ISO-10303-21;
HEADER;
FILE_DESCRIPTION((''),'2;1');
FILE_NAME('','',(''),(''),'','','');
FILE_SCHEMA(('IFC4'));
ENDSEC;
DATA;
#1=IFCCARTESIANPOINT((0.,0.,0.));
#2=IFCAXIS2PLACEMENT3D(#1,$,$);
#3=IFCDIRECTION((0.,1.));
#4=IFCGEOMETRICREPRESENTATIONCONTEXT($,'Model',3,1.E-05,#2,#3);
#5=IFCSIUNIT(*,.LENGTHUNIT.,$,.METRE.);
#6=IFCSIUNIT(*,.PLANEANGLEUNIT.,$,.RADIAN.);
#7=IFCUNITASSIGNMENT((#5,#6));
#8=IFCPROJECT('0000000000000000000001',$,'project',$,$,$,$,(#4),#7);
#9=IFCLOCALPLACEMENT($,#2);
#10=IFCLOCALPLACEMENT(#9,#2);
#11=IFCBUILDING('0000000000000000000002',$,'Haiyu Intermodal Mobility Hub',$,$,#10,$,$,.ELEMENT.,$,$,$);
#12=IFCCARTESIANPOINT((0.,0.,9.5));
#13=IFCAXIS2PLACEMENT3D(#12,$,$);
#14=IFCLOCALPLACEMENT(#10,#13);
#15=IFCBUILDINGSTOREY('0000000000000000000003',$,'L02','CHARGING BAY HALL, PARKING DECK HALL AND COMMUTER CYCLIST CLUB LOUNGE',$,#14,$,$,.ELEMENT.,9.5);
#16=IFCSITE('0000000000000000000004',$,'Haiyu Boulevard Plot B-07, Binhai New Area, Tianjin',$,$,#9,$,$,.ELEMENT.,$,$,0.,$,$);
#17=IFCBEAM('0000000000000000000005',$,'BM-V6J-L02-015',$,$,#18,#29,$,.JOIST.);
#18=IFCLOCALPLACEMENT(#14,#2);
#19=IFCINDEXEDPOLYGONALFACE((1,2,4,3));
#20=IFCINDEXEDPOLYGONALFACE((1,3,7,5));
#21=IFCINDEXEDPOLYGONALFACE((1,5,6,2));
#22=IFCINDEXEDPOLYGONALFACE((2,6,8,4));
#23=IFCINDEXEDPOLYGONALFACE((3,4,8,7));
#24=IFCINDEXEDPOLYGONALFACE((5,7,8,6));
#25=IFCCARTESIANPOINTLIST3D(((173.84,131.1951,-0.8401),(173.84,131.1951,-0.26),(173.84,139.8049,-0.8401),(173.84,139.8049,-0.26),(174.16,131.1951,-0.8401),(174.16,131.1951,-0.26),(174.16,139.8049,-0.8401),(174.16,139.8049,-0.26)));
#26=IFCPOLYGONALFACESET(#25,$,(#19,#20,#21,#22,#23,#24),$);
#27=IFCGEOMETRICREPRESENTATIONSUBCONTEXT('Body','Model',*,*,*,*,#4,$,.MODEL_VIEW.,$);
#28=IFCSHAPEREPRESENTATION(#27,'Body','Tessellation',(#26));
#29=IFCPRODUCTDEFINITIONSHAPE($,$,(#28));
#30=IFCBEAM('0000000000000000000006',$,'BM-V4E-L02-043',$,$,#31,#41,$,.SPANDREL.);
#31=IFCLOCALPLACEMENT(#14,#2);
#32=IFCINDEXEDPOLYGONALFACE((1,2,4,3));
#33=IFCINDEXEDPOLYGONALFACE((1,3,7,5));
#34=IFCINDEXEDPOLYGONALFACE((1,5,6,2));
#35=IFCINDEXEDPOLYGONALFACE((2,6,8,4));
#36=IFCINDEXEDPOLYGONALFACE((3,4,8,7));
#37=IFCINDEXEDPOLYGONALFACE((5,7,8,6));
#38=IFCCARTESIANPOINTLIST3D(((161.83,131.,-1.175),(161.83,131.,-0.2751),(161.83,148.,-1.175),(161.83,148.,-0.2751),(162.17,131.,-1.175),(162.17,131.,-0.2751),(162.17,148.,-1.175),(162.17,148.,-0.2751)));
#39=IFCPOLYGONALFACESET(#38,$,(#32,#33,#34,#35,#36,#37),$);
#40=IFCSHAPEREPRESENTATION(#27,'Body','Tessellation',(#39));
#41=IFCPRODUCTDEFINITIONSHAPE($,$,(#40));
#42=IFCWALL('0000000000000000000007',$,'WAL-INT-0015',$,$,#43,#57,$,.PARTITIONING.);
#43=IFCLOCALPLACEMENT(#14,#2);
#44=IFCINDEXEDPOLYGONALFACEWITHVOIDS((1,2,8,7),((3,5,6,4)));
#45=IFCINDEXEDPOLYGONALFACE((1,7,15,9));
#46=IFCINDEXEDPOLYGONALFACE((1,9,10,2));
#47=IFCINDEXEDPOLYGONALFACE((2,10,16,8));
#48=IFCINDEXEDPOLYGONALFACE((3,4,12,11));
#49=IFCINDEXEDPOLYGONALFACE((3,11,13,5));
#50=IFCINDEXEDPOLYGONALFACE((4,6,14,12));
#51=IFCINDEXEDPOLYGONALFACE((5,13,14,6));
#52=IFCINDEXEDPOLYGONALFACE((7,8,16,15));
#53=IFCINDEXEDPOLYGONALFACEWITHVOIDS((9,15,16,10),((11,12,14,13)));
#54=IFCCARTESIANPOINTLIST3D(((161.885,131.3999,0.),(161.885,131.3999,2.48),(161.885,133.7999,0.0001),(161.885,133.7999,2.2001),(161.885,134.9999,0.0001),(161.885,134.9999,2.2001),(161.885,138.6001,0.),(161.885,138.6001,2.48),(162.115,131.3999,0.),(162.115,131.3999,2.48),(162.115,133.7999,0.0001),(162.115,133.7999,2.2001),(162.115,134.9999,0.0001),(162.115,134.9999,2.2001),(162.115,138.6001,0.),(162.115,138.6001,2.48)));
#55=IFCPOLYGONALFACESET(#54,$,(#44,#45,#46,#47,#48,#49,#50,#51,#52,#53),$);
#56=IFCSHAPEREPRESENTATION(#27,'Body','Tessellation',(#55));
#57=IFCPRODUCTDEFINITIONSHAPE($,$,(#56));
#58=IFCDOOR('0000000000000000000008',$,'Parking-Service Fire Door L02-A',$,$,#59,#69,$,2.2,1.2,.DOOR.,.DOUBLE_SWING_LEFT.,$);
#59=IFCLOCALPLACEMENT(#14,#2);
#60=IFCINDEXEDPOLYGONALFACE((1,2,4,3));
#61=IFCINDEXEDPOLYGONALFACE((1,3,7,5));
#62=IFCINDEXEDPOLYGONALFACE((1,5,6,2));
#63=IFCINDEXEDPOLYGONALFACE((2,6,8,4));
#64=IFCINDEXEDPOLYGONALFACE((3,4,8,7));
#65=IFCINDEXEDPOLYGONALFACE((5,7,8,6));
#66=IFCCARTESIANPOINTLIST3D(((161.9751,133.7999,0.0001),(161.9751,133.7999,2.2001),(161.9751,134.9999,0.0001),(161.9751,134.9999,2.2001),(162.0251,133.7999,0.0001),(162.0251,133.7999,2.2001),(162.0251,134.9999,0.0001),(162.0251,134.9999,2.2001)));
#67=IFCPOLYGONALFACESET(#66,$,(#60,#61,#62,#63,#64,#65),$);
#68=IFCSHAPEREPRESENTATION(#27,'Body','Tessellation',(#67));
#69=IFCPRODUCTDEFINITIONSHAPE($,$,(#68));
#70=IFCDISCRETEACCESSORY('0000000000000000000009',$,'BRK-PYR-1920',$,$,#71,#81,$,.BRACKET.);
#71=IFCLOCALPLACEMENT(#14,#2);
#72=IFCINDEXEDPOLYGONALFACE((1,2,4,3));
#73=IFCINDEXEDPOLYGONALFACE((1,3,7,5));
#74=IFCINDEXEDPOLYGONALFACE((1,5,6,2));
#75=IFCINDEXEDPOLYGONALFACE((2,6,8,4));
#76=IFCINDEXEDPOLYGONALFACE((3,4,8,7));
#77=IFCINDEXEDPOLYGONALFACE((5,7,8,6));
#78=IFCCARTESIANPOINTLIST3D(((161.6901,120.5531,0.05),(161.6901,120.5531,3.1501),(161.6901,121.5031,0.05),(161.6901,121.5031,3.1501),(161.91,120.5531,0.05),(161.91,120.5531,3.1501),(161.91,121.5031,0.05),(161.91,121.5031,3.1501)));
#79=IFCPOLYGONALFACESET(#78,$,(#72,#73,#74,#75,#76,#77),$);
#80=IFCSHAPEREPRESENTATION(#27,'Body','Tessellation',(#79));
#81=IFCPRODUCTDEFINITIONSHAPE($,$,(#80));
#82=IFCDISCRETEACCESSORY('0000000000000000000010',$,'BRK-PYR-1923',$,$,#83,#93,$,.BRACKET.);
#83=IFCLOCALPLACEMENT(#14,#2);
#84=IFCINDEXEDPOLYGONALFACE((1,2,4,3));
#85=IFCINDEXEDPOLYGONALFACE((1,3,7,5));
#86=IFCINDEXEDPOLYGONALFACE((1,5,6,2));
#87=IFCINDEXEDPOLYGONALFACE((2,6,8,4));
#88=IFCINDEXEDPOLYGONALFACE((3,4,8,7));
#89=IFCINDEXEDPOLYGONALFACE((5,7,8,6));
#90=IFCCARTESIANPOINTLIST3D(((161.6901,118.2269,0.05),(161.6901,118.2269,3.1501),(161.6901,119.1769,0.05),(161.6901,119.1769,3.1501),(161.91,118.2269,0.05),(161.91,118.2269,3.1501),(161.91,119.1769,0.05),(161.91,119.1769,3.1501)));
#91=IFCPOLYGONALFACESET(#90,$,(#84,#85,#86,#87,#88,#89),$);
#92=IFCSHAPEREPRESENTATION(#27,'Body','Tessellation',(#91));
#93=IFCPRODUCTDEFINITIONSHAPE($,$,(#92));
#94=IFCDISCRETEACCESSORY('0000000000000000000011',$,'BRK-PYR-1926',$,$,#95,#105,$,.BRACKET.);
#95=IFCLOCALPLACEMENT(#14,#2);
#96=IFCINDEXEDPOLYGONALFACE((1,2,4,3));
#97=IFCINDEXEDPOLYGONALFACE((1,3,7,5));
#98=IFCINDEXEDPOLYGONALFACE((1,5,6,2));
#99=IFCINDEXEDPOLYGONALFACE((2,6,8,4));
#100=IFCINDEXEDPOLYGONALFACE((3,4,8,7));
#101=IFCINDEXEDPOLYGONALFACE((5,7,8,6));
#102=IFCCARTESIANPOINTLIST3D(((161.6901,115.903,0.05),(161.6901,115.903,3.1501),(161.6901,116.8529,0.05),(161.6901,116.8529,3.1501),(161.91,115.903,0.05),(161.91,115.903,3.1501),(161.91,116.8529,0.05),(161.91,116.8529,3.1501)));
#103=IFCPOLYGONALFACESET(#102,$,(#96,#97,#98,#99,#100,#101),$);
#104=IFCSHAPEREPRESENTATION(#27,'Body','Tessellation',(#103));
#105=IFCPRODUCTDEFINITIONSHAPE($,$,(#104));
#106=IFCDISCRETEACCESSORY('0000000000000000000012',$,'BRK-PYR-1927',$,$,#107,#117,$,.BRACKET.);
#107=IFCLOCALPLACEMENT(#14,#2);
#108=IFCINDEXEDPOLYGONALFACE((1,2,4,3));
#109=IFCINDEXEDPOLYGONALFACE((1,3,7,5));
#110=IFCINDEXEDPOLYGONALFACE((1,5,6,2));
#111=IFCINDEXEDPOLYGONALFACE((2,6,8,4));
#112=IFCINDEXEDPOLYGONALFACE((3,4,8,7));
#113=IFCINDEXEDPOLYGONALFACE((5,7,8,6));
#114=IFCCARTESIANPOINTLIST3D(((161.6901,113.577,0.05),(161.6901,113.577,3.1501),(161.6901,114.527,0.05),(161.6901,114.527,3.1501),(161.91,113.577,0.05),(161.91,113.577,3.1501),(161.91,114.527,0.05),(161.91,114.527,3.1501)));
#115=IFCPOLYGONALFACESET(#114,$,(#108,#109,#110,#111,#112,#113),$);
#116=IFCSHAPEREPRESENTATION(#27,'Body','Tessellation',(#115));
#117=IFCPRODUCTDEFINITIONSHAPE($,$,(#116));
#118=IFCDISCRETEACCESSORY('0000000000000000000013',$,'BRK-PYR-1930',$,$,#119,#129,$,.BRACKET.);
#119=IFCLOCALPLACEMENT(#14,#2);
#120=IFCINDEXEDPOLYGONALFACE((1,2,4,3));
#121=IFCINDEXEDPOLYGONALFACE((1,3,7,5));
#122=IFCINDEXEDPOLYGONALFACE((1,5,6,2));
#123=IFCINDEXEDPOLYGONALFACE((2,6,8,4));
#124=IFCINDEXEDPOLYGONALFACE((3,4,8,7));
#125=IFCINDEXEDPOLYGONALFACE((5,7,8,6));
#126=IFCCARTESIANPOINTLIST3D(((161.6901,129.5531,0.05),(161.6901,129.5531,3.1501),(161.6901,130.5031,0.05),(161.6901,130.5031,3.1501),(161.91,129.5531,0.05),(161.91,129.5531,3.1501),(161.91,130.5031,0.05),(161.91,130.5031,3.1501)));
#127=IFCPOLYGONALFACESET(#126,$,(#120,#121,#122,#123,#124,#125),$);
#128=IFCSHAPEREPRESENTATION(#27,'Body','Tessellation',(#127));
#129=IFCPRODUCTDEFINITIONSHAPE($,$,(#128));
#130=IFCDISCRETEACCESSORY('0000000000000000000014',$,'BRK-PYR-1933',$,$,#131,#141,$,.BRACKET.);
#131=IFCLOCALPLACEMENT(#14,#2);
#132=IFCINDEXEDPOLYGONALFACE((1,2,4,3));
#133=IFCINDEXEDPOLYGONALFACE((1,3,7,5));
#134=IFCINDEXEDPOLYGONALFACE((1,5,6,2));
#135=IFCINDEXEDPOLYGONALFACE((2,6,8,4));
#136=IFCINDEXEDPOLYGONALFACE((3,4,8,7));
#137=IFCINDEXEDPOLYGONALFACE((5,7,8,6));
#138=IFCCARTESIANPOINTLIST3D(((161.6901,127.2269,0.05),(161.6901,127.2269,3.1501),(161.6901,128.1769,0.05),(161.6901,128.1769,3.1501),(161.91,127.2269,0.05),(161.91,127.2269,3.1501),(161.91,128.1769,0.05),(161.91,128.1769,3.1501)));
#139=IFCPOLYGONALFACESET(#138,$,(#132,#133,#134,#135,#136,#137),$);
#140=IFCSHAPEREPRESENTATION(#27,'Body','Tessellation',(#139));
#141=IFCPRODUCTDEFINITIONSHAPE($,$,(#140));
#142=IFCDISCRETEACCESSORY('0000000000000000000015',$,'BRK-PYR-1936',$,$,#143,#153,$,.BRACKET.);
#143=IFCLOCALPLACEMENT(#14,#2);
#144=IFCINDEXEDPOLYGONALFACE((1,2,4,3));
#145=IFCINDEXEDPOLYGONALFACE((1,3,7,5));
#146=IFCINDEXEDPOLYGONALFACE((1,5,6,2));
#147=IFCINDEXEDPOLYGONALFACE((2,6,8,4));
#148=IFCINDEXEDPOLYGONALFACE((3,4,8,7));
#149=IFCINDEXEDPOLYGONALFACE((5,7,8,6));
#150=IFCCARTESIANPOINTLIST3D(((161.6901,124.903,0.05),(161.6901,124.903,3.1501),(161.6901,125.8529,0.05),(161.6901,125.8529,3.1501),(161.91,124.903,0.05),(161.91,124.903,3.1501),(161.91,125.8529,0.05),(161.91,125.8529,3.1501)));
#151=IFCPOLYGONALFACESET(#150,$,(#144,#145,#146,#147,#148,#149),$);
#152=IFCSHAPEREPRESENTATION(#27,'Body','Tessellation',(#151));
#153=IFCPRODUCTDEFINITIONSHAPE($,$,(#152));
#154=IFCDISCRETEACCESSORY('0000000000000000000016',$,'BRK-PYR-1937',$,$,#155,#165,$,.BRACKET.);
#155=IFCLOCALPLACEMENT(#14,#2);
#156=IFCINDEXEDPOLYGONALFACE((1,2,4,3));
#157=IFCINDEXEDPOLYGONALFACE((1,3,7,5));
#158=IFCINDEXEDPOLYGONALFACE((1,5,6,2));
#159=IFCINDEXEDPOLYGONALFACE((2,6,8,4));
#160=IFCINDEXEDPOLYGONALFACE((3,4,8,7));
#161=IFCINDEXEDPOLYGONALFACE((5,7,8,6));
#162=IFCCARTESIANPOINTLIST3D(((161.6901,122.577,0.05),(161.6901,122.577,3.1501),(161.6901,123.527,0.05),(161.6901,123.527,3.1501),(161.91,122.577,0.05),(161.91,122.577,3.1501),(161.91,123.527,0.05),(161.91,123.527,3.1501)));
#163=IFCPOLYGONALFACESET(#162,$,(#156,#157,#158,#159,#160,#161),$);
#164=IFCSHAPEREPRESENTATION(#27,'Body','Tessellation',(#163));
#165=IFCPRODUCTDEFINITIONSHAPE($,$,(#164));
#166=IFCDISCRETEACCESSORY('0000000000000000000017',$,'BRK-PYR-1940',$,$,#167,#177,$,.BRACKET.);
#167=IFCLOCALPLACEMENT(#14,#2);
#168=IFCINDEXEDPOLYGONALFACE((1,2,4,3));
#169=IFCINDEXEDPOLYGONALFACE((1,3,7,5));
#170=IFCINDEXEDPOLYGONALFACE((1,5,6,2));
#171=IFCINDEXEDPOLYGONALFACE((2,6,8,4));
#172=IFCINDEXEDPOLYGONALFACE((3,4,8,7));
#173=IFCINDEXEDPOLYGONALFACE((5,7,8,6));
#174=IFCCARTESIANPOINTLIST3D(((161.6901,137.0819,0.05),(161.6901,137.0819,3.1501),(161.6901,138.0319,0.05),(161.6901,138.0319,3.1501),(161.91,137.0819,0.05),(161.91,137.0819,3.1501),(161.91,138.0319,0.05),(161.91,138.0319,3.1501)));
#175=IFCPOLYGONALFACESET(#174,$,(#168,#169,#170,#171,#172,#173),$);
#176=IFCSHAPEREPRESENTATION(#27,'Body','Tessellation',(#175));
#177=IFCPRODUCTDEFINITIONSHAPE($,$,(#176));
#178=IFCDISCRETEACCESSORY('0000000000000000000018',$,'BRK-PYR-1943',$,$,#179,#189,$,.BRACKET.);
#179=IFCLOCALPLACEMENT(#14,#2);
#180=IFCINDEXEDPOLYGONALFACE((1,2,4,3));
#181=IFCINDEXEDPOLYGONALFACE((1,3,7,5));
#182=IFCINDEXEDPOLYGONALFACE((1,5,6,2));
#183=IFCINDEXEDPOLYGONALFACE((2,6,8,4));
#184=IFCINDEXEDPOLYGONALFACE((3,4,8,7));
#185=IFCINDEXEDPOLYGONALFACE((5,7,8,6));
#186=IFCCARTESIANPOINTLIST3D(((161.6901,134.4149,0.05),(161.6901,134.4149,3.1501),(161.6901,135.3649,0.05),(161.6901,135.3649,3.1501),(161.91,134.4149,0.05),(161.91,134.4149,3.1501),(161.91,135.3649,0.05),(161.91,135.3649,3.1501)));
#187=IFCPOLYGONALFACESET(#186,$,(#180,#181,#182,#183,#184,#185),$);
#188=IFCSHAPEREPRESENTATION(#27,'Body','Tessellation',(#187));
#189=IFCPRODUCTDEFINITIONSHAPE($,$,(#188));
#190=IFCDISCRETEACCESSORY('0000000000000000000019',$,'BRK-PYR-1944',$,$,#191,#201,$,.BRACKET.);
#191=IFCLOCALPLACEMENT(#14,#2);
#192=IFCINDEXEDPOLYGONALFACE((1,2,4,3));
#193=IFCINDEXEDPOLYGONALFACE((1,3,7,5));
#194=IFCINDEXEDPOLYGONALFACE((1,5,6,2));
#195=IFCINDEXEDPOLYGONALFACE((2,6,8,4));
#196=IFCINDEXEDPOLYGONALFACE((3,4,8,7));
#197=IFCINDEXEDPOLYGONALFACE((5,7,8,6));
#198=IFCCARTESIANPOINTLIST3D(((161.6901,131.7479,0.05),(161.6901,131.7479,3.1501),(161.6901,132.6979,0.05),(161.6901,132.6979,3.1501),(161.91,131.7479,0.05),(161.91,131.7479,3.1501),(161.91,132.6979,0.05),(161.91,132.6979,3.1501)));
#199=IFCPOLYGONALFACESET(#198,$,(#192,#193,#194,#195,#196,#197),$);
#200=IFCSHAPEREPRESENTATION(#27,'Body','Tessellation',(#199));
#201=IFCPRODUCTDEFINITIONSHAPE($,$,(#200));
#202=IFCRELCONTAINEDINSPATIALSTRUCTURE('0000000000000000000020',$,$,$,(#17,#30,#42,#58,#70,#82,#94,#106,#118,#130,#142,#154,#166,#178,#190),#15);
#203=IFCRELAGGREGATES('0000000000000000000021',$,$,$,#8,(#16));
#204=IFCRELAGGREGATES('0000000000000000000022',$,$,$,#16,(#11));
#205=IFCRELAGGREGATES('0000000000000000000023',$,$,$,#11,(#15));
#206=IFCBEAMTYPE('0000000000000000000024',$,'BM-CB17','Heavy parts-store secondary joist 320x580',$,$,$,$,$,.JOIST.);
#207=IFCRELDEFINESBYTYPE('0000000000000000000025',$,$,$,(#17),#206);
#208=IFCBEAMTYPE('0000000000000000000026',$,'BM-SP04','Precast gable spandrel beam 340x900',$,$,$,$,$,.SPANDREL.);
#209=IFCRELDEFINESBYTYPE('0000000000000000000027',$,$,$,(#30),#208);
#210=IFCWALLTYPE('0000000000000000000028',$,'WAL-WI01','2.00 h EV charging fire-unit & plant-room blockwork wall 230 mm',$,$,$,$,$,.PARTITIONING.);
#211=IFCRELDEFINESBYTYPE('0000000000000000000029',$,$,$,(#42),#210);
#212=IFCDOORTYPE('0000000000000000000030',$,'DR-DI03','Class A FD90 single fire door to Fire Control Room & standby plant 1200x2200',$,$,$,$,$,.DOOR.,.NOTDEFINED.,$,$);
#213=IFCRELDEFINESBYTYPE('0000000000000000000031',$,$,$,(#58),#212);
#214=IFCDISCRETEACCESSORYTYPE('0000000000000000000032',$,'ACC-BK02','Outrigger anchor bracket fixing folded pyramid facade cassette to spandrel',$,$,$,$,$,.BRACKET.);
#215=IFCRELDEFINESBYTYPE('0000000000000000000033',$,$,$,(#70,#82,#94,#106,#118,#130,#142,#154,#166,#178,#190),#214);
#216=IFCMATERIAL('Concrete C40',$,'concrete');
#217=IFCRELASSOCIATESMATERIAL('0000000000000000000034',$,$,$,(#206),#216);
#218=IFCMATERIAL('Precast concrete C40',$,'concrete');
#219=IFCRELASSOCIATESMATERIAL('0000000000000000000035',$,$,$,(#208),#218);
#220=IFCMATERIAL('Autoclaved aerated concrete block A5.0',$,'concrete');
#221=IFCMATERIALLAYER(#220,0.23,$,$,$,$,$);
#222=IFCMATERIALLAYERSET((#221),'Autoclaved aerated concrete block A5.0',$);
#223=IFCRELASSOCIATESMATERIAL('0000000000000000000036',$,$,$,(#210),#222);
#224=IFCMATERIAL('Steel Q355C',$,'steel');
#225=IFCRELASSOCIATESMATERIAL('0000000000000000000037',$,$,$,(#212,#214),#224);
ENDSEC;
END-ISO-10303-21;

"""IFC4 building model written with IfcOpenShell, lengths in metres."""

from ifc_helpers import new_model, si_unit, direction, frame, frame_2d, origin, origin_2d, place, context, subcontext, project, spatial, rectangle, extrude, material, layer, layer_set, material_profile, profile_set, type_object, element, fill, save


model = new_model("IFC4")

# Units and contexts
model_context = context("Model", 3, precision=1e-05, world=origin(), true_north=direction((0.0, 1.0)))
body_context = subcontext(model_context, "Body", "Model", "MODEL_VIEW")
ifc_project = project(units=[si_unit("LENGTHUNIT", "METRE"), si_unit("PLANEANGLEUNIT", "RADIAN")], contexts=[model_context])

# Site, building, storey
site_placement = place(None, origin())
site = spatial("IfcSite", under=ifc_project, at=site_placement, Name="Haiyu Boulevard Plot B-07, Binhai New Area, Tianjin", CompositionType="ELEMENT", RefElevation=0.0)
building_placement = place(site_placement, origin())
building = spatial("IfcBuilding", under=site, at=building_placement, Name="Haiyu Intermodal Mobility Hub", CompositionType="ELEMENT")
storey_placement = place(building_placement, frame((0.0, 0.0, 9.5)))
storey = spatial("IfcBuildingStorey", under=building, at=storey_placement, Name="L02", Description="CHARGING BAY HALL, PARKING DECK HALL AND COMMUTER CYCLIST CLUB LOUNGE", CompositionType="ELEMENT", Elevation=9.5)

# Shared definitions
ifc_material_1 = material(Name="Concrete C40", Category="concrete")
ifc_material_2 = material(Name="Precast concrete C40", Category="concrete")

# Beams
ifc_material_profile_1 = material_profile(ifc_material_1, rectangle(XDim=0.3201, YDim=0.5801, at=origin_2d()), Name="B320x580")
ifc_profile_set_1 = profile_set([ifc_material_profile_1], Name="Concrete C40")
beam_type_1 = type_object("IfcBeamType", Name="BM-CB17", Description="Heavy parts-store secondary joist 320x580", PredefinedType="JOIST", material=ifc_profile_set_1)
for number, where, z_axis, x_axis, name in (
    (1, (174.0, 131.1951, -0.55), (0.0, 1.0, 0.0), (-1.0, 0.0, 0.0), "BM-V6J-L02-015"),
):
    element("IfcBeam", number, at=place(storey_placement, frame(where, z_axis=z_axis, x_axis=x_axis)), inside=storey, type_object=beam_type_1, Name=name, PredefinedType="JOIST", context=body_context, shape_type="SweptSolid", body=[
        extrude(rectangle(XDim=0.3201, YDim=0.5801, at=origin_2d()), origin(), (0.0, 0.0, 1.0), 8.6099),
    ])
ifc_material_profile_2 = material_profile(ifc_material_2, rectangle(XDim=0.3401, YDim=0.8999, at=origin_2d()), Name="B340x900")
ifc_profile_set_2 = profile_set([ifc_material_profile_2], Name="Precast concrete C40")
beam_type_2 = type_object("IfcBeamType", Name="BM-SP04", Description="Precast gable spandrel beam 340x900", PredefinedType="SPANDREL", material=ifc_profile_set_2)
beam_1_placement = place(storey_placement, frame((162.0, 131.0, -0.7251), z_axis=(0.0, 1.0, 0.0), x_axis=(-1.0, 0.0, 0.0)))
element("IfcBeam", 2, at=beam_1_placement, inside=storey, type_object=beam_type_2, Name="BM-V4E-L02-043", PredefinedType="SPANDREL", context=body_context, shape_type="SweptSolid", body=[
    extrude(rectangle(XDim=0.3401, YDim=0.8999, at=origin_2d()), origin(), (0.0, 0.0, 1.0), 17.0),
])

# Wall, opening, door
ifc_material_3 = material(Name="Autoclaved aerated concrete block A5.0", Category="concrete")
ifc_layer = layer(ifc_material_3, 0.23)
ifc_layer_set = layer_set([ifc_layer], Name="Autoclaved aerated concrete block A5.0")
wall_type = type_object("IfcWallType", Name="WAL-WI01", Description="2.00 h EV charging fire-unit & plant-room blockwork wall 230 mm", PredefinedType="PARTITIONING", material=ifc_layer_set)
wall_placement = place(storey_placement, frame((162.0, 131.3999, 0.0), z_axis=(0.0, 0.0, 1.0), x_axis=(0.0, 1.0, 0.0)))
wall = element("IfcWall", 3, at=wall_placement, inside=storey, type_object=wall_type, Name="WAL-INT-0015", PredefinedType="PARTITIONING", context=body_context, shape_type="SweptSolid", body=[
    extrude(rectangle(XDim=7.2002, YDim=0.23, at=frame_2d((3.6001, 0.0))), origin(), (0.0, 0.0, 1.0), 2.48),
])
opening_placement = place(wall_placement, frame((2.3999, 0.0, 0.0)))
opening = element("IfcOpeningElement", 4, at=opening_placement, cuts=wall, PredefinedType="OPENING", context=body_context, shape_type="SweptSolid", body=[
    extrude(rectangle(XDim=1.2, YDim=2.2, at=frame_2d((0.6001, 1.1001))), frame((0.0, 0.125, 0.0), z_axis=(0.0, -1.0, 0.0), x_axis=(1.0, 0.0, 0.0)), (0.0, 0.0, 1.0), 0.25),
])
ifc_material_4 = material(Name="Steel Q355C", Category="steel")
door_type = type_object("IfcDoorType", Name="DR-DI03", Description="Class A FD90 single fire door to Fire Control Room & standby plant 1200x2200", OperationType="NOTDEFINED", PredefinedType="DOOR", material=ifc_material_4)
door_placement = place(opening_placement, origin())
door = element("IfcDoor", 5, at=door_placement, inside=storey, type_object=door_type, Name="Parking-Service Fire Door L02-A", OperationType="DOUBLE_SWING_LEFT", OverallHeight=2.2, OverallWidth=1.2, PredefinedType="DOOR", context=body_context, shape_type="SweptSolid", body=[
    extrude(rectangle(XDim=1.2, YDim=2.2, at=frame_2d((0.6001, 1.1001))), frame((0.0, 0.0249, 0.0), z_axis=(0.0, -1.0, 0.0), x_axis=(1.0, 0.0, 0.0)), (0.0, 0.0, 1.0), 0.05),
])
fill(opening, door)

# Discrete accessories
discrete_accessory_type = type_object("IfcDiscreteAccessoryType", Name="ACC-BK02", Description="Outrigger anchor bracket fixing folded pyramid facade cassette to spandrel", PredefinedType="BRACKET", material=ifc_material_4)
for number, where, z_axis, x_axis, name in (
    (6, (161.8, 121.0281, 0.05), (0.0, 0.0, 1.0), (1.0, 0.0, 0.0), "BRK-PYR-1920"),
    (7, (161.8, 118.7019, 0.05), (0.0, 0.0, 1.0), (1.0, 0.0, 0.0), "BRK-PYR-1923"),
    (8, (161.8, 116.3779, 0.05), (0.0, 0.0, 1.0), (1.0, 0.0, 0.0), "BRK-PYR-1926"),
    (9, (161.8, 114.052, 0.05), (0.0, 0.0, 1.0), (1.0, 0.0, 0.0), "BRK-PYR-1927"),
    (10, (161.8, 130.0281, 0.05), (0.0, 0.0, 1.0), (1.0, 0.0, 0.0), "BRK-PYR-1930"),
    (11, (161.8, 127.7019, 0.05), (0.0, 0.0, 1.0), (1.0, 0.0, 0.0), "BRK-PYR-1933"),
    (12, (161.8, 125.3779, 0.05), (0.0, 0.0, 1.0), (1.0, 0.0, 0.0), "BRK-PYR-1936"),
    (13, (161.8, 123.052, 0.05), (0.0, 0.0, 1.0), (1.0, 0.0, 0.0), "BRK-PYR-1937"),
    (14, (161.8, 137.5569, 0.05), (0.0, 0.0, 1.0), (1.0, 0.0, 0.0), "BRK-PYR-1940"),
    (15, (161.8, 134.8899, 0.05), (0.0, 0.0, 1.0), (1.0, 0.0, 0.0), "BRK-PYR-1943"),
    (16, (161.8, 132.2229, 0.05), (0.0, 0.0, 1.0), (1.0, 0.0, 0.0), "BRK-PYR-1944"),
):
    element("IfcDiscreteAccessory", number, at=place(storey_placement, frame(where, z_axis=z_axis, x_axis=x_axis)), inside=storey, type_object=discrete_accessory_type, Name=name, PredefinedType="BRACKET", context=body_context, shape_type="SweptSolid", body=[
        extrude(rectangle(XDim=0.22, YDim=0.95, at=origin_2d()), origin(), (0.0, 0.0, 1.0), 3.1001),
    ])

save(model, "model.ifc")
